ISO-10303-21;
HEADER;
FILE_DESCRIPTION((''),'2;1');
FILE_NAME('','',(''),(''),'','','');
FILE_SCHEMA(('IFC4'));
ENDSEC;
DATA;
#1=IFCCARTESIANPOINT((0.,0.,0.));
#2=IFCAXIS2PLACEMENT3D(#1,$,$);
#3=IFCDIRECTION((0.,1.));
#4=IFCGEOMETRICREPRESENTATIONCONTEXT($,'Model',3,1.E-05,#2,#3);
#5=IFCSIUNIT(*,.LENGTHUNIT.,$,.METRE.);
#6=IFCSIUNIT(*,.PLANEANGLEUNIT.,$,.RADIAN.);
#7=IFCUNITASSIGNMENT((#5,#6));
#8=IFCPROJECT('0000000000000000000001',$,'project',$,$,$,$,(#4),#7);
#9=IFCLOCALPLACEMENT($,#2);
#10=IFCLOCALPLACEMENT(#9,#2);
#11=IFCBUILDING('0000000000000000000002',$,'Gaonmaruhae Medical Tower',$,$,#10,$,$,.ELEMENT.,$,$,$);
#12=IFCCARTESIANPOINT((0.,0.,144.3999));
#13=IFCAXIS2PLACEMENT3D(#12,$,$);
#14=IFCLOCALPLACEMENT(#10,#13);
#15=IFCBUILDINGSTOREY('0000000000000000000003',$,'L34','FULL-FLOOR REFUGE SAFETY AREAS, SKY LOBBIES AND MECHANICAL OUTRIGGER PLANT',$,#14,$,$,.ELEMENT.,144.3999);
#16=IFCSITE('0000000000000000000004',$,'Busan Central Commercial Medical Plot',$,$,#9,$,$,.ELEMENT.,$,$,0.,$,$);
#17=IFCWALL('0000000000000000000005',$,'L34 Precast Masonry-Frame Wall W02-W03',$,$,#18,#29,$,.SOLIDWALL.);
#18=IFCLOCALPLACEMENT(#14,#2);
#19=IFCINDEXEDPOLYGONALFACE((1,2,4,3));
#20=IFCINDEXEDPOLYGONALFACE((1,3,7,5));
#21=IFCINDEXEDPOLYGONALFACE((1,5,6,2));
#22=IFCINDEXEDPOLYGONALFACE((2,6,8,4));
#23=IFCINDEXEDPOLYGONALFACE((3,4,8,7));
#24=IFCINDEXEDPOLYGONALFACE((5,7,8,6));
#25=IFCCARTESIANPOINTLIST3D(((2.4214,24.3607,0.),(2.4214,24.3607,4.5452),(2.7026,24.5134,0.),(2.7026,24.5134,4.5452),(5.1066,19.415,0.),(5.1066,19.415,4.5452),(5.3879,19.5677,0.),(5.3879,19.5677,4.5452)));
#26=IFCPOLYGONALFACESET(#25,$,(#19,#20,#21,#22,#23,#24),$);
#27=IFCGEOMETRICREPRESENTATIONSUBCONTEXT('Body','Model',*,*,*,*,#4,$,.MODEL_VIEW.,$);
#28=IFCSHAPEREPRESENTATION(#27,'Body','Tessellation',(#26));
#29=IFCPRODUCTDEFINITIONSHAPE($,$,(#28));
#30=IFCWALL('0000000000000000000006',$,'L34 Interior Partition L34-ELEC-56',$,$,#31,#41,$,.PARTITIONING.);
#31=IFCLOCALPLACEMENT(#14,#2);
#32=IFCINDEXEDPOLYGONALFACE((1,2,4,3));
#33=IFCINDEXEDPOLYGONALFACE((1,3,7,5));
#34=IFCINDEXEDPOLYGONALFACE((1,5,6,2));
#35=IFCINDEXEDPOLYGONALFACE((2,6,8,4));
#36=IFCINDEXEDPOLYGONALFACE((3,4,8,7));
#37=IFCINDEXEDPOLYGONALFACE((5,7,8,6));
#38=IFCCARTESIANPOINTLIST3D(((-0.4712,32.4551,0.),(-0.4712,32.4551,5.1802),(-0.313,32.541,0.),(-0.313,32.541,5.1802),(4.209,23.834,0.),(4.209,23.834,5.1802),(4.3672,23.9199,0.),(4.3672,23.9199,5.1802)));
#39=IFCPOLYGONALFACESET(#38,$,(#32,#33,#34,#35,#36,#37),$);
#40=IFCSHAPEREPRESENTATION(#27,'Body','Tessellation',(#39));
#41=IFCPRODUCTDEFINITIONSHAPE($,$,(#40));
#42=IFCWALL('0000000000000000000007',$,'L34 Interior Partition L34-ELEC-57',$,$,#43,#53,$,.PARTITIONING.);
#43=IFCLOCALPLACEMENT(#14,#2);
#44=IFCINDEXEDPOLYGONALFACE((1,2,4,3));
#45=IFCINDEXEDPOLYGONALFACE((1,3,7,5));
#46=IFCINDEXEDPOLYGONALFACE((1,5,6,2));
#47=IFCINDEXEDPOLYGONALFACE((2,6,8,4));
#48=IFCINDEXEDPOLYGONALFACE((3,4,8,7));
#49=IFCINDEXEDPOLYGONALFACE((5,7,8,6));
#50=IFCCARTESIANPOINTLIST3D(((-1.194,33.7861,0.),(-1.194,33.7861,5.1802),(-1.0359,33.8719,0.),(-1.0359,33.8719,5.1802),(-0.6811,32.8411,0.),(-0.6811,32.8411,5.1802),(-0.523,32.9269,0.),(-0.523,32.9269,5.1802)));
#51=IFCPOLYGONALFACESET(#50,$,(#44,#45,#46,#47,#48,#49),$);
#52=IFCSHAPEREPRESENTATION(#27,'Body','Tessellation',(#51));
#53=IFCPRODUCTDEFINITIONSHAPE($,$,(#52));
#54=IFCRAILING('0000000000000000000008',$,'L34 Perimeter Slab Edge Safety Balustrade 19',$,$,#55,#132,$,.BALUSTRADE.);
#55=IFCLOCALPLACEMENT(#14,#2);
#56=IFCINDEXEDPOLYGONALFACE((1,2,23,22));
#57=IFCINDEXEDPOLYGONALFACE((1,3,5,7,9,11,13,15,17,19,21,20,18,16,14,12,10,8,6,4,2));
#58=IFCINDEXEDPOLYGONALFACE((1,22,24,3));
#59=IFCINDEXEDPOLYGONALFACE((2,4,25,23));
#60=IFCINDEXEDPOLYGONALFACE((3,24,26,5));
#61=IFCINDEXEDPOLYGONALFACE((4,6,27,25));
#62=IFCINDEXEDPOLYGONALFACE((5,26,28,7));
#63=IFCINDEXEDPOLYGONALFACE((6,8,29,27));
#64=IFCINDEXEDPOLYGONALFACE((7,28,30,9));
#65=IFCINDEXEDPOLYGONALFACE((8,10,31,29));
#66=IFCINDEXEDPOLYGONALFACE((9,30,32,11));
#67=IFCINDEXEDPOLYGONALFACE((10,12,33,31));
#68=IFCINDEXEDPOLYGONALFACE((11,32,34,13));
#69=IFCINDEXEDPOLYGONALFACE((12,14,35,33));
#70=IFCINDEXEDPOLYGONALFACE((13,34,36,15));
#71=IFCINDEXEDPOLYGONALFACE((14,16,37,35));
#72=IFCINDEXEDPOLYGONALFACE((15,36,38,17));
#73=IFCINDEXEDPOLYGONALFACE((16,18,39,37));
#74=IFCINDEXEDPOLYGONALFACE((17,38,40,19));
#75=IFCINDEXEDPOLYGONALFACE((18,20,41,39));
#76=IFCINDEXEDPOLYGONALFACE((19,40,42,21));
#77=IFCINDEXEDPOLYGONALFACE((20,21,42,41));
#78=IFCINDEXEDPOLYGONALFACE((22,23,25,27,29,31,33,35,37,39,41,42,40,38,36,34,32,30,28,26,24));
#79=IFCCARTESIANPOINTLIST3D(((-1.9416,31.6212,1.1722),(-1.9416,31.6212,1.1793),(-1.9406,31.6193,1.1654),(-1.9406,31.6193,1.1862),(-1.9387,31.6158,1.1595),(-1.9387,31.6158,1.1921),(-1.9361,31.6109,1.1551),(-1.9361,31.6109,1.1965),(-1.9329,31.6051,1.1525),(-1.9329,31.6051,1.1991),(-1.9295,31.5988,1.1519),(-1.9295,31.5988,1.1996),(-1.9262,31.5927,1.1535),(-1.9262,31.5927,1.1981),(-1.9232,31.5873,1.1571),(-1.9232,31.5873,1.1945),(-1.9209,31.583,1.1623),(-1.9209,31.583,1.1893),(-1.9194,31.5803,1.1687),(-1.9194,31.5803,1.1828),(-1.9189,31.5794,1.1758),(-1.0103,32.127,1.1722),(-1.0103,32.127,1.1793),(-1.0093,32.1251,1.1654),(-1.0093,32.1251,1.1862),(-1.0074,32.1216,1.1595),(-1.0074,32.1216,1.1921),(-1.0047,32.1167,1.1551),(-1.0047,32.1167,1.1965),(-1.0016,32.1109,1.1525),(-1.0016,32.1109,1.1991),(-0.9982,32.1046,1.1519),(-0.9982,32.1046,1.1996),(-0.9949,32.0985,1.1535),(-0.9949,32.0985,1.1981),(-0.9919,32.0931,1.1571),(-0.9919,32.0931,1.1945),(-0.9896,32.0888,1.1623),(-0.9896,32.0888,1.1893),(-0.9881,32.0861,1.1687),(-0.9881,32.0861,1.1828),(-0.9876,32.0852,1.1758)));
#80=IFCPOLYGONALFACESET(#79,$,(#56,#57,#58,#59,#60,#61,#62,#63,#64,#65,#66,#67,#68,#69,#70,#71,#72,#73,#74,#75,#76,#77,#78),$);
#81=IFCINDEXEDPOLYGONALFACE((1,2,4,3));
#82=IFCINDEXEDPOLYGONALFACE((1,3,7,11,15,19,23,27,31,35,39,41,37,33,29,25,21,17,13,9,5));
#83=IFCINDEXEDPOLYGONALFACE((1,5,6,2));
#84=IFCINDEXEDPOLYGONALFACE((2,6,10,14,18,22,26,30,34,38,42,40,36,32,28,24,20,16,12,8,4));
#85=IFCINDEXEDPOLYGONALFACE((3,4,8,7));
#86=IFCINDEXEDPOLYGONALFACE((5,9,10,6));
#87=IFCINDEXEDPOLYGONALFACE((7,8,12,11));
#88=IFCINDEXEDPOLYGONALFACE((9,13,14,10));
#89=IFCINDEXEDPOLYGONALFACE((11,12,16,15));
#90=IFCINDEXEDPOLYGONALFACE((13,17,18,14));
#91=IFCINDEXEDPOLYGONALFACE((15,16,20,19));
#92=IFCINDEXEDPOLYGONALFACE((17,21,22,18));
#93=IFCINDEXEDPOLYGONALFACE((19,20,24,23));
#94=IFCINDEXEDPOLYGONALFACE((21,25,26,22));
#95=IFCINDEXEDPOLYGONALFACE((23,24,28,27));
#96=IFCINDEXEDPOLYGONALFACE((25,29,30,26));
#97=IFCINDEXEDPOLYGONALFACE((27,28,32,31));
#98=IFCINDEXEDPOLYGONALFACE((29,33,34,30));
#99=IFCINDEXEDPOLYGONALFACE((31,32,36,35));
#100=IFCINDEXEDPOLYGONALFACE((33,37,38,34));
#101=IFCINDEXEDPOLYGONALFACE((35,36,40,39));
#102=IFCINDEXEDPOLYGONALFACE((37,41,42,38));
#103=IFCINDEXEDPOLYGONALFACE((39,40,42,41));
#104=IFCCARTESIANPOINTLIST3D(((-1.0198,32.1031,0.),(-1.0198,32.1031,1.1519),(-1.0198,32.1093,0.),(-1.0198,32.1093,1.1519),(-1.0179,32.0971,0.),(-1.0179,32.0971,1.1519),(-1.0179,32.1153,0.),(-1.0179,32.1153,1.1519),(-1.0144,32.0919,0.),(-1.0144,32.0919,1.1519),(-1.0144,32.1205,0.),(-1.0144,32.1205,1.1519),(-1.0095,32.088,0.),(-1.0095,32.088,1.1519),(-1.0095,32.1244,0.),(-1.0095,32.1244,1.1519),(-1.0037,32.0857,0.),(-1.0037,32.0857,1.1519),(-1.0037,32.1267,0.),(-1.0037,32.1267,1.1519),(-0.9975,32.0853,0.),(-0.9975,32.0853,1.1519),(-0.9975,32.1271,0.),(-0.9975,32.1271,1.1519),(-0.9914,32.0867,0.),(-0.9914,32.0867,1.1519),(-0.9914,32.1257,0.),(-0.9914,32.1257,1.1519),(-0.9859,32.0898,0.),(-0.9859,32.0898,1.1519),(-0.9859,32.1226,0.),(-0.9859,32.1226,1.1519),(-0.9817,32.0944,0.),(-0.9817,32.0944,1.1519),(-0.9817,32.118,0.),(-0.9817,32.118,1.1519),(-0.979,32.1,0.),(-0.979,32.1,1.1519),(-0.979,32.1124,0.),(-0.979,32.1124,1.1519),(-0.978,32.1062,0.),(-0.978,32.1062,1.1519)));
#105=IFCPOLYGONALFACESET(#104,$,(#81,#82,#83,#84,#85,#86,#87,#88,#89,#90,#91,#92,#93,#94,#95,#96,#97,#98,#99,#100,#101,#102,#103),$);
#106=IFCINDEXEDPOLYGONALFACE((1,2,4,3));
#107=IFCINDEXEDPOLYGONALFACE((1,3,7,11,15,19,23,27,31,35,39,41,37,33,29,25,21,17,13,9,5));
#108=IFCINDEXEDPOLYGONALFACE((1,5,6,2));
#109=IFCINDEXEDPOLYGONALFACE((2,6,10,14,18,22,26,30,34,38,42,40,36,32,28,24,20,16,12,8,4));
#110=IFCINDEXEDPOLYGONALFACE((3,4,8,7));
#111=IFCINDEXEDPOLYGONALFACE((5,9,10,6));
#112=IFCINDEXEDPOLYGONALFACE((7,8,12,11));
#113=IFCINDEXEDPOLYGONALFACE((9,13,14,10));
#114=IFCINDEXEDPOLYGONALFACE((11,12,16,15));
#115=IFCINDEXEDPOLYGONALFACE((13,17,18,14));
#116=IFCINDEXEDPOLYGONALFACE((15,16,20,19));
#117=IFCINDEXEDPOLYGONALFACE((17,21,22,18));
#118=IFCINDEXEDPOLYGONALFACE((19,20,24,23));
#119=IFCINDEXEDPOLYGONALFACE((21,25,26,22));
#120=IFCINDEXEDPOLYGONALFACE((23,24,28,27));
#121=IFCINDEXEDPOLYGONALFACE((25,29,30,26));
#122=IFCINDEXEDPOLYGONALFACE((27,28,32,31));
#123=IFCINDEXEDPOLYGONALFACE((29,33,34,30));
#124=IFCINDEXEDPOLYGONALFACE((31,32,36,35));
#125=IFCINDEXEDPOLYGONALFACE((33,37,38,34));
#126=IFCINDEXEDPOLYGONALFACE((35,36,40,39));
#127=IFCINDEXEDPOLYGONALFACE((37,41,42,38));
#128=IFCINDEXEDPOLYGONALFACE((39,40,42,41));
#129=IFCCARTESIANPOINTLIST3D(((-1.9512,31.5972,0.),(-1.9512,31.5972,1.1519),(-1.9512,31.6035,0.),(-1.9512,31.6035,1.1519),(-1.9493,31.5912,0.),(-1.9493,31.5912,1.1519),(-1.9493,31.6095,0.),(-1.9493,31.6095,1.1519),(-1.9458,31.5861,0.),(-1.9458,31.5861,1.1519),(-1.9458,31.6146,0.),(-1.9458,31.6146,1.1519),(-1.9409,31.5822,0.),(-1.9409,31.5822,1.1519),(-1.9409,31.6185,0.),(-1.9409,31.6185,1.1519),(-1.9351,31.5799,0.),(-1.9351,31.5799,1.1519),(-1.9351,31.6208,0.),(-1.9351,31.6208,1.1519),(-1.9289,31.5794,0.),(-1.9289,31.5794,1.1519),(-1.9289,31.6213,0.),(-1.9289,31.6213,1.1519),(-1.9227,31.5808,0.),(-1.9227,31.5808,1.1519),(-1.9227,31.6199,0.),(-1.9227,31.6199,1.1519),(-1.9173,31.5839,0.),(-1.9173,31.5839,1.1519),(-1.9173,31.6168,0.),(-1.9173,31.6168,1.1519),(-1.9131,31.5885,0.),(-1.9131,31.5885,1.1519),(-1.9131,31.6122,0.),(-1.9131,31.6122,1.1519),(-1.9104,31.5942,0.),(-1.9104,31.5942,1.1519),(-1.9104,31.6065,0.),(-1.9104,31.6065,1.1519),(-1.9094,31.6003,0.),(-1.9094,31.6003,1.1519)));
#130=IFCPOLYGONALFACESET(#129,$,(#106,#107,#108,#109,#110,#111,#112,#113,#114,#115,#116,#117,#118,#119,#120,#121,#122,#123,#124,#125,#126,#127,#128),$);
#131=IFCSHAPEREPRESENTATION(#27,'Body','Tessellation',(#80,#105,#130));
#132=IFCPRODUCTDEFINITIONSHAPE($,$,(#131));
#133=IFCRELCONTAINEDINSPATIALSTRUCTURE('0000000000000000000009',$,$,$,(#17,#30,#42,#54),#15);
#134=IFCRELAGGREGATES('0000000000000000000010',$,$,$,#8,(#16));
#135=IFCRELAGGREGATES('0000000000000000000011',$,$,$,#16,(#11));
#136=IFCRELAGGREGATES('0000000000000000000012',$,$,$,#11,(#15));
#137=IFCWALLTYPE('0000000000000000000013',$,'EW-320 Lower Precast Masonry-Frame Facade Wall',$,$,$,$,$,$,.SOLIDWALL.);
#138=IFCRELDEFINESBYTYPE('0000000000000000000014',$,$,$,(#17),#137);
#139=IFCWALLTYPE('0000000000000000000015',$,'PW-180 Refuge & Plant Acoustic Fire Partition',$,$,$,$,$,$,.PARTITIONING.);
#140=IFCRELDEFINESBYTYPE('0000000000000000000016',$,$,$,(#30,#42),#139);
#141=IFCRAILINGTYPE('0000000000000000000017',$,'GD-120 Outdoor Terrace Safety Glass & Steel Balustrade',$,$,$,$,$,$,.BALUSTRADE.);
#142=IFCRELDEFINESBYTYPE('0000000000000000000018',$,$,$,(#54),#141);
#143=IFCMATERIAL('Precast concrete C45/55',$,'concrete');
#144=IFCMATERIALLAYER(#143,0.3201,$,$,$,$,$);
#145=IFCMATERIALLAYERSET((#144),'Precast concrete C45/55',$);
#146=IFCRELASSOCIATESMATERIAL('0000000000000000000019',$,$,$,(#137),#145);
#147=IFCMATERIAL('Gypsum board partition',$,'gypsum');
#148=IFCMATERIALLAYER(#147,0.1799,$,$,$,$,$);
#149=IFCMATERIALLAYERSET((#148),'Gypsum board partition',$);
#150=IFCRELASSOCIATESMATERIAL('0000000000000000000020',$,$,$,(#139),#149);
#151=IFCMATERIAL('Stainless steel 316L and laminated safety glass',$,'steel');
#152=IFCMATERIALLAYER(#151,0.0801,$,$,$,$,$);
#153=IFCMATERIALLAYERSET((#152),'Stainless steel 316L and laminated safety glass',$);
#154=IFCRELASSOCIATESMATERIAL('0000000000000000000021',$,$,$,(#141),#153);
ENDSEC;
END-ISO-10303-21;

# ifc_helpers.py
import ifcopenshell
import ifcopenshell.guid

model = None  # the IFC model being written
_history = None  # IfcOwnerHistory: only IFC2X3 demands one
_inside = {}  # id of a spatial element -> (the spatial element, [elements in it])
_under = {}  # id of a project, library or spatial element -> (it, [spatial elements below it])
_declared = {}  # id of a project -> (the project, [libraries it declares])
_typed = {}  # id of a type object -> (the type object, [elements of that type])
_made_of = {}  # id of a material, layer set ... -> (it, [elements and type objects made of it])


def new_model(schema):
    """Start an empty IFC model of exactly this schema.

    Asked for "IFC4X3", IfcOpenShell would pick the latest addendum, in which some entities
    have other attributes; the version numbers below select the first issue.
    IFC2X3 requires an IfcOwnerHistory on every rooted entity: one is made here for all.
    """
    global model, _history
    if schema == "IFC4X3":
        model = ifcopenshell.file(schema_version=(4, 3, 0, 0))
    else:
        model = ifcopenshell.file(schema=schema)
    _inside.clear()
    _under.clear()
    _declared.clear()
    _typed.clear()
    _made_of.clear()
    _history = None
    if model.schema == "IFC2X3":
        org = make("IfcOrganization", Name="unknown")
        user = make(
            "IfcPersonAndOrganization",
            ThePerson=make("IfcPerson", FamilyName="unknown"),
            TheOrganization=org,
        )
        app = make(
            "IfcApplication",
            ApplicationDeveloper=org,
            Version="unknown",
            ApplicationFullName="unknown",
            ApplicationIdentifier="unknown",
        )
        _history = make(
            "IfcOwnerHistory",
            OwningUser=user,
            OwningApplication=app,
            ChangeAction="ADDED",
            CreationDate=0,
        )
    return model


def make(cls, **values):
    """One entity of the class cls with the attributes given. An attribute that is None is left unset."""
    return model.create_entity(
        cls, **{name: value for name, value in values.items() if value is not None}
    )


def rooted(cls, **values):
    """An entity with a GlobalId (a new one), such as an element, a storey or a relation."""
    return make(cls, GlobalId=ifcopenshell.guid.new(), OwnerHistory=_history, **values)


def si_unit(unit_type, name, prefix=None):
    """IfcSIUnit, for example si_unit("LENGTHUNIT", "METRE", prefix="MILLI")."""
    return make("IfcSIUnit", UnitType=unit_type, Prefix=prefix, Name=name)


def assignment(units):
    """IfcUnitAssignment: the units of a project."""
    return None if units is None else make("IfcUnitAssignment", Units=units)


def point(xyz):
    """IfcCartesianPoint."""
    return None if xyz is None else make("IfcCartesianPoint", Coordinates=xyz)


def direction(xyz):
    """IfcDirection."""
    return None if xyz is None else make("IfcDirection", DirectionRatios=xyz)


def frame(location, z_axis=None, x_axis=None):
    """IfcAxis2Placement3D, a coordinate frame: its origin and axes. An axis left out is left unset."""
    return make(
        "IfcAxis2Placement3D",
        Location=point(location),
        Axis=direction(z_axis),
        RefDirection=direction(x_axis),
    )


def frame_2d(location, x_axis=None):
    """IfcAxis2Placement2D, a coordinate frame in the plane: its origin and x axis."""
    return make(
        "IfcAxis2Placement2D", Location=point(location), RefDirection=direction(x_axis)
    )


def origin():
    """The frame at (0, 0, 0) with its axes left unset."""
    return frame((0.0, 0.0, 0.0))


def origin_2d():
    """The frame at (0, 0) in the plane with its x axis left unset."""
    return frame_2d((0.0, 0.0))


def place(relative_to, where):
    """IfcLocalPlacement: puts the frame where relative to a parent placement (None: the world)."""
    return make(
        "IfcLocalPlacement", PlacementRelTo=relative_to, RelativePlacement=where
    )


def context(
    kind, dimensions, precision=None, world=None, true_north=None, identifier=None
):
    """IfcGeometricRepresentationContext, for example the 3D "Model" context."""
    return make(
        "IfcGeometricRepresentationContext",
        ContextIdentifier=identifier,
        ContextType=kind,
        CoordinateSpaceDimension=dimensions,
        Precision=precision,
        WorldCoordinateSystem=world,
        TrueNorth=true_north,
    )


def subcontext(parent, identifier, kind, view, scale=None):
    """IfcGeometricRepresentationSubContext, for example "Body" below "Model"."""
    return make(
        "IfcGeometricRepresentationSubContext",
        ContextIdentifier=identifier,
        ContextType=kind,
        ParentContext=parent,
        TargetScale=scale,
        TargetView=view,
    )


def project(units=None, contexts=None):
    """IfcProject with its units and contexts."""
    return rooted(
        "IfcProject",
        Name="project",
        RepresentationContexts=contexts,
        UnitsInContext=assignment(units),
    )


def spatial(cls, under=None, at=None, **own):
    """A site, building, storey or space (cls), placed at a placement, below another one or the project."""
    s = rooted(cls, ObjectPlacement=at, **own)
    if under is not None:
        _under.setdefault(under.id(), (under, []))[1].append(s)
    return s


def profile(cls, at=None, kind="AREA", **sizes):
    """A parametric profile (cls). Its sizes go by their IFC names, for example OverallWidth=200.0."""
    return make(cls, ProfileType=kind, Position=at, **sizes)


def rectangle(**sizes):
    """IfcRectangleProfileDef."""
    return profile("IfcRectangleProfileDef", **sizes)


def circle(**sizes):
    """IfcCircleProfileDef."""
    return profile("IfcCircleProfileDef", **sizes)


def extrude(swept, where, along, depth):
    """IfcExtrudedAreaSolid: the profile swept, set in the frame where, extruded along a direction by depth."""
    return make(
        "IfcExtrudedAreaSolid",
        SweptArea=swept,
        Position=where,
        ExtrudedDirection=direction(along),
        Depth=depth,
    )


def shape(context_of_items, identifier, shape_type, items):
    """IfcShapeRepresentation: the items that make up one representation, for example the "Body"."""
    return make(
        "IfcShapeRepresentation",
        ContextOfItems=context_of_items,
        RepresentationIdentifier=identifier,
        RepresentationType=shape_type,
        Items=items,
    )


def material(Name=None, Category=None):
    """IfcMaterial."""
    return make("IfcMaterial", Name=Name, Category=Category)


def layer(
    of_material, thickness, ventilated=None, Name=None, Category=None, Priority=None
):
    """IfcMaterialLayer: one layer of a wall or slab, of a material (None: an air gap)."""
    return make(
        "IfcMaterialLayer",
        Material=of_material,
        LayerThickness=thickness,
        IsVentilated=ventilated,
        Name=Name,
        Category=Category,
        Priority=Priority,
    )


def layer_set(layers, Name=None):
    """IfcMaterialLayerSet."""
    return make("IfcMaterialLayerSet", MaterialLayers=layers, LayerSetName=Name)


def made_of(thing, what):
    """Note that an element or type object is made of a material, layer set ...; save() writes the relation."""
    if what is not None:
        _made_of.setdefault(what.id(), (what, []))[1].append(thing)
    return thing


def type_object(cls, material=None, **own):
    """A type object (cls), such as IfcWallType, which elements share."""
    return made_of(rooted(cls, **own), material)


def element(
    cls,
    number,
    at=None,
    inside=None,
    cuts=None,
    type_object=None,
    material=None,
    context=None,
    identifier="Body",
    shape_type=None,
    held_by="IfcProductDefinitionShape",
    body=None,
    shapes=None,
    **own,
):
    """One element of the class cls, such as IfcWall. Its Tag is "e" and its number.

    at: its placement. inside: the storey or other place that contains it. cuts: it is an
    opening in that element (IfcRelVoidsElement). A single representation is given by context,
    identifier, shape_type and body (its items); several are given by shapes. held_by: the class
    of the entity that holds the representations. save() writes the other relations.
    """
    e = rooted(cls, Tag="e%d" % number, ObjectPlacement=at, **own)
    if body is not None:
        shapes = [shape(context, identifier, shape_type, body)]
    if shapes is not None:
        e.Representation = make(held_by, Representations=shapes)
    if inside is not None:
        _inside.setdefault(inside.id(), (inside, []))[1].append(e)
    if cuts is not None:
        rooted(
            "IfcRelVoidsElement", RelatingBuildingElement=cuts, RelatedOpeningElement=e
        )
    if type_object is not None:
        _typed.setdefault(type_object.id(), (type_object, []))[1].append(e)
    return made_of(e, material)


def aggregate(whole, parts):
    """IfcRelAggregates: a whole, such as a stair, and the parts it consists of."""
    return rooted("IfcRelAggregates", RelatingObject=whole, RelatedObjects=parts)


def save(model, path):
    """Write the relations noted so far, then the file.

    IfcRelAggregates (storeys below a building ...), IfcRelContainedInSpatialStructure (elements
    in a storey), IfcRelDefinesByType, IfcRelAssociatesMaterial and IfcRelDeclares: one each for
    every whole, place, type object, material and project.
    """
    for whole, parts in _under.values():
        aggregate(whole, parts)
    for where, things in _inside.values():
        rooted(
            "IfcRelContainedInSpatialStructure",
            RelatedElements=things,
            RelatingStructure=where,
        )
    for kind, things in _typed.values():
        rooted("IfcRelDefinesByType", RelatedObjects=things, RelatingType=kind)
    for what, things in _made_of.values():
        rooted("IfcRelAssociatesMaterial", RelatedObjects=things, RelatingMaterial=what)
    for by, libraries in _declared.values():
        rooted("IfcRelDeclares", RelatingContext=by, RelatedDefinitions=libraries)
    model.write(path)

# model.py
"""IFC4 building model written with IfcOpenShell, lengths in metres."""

from ifc_helpers import new_model, si_unit, direction, frame, frame_2d, origin, origin_2d, place, context, subcontext, project, spatial, rectangle, circle, extrude, material, layer, layer_set, type_object, element, save


model = new_model("IFC4")

# Units and contexts
model_context = context("Model", 3, precision=1e-05, world=origin(), true_north=direction((0.0, 1.0)))
body_context = subcontext(model_context, "Body", "Model", "MODEL_VIEW")
ifc_project = project(units=[si_unit("LENGTHUNIT", "METRE"), si_unit("PLANEANGLEUNIT", "RADIAN")], contexts=[model_context])

# Site, building, storey
site_placement = place(None, origin())
site = spatial("IfcSite", under=ifc_project, at=site_placement, Name="Busan Central Commercial Medical Plot", CompositionType="ELEMENT", RefElevation=0.0)
building_placement = place(site_placement, origin())
building = spatial("IfcBuilding", under=site, at=building_placement, Name="Gaonmaruhae Medical Tower", CompositionType="ELEMENT")
storey_placement = place(building_placement, frame((0.0, 0.0, 144.3999)))
storey = spatial("IfcBuildingStorey", under=building, at=storey_placement, Name="L34", Description="FULL-FLOOR REFUGE SAFETY AREAS, SKY LOBBIES AND MECHANICAL OUTRIGGER PLANT", CompositionType="ELEMENT", Elevation=144.3999)

# Walls
ifc_material_1 = material(Name="Precast concrete C45/55", Category="concrete")
ifc_layer_1 = layer(ifc_material_1, 0.3201)
ifc_layer_set_1 = layer_set([ifc_layer_1], Name="Precast concrete C45/55")
wall_type_1 = type_object("IfcWallType", Name="EW-320 Lower Precast Masonry-Frame Facade Wall", PredefinedType="SOLIDWALL", material=ifc_layer_set_1)
wall_1_placement = place(storey_placement, frame((5.2473, 19.4912, 0.0), z_axis=(0.0, 0.0, 1.0), x_axis=(-0.477152, 0.878821, 0.0)))
element("IfcWall", 1, at=wall_1_placement, inside=storey, type_object=wall_type_1, Name="L34 Precast Masonry-Frame Wall W02-W03", PredefinedType="SOLIDWALL", context=body_context, shape_type="SweptSolid", body=[
    extrude(rectangle(XDim=5.6277, YDim=0.3201, at=frame_2d((2.814, 0.0))), origin(), (0.0, 0.0, 1.0), 4.5452),
])
ifc_material_2 = material(Name="Gypsum board partition", Category="gypsum")
ifc_layer_2 = layer(ifc_material_2, 0.1799)
ifc_layer_set_2 = layer_set([ifc_layer_2], Name="Gypsum board partition")
wall_type_2 = type_object("IfcWallType", Name="PW-180 Refuge & Plant Acoustic Fire Partition", PredefinedType="PARTITIONING", material=ifc_layer_set_2)
wall_2_placement = place(storey_placement, frame((4.2881, 23.877, 0.0), z_axis=(0.0, 0.0, 1.0), x_axis=(-0.477104, 0.878847, 0.0)))
element("IfcWall", 2, at=wall_2_placement, inside=storey, type_object=wall_type_2, Name="L34 Interior Partition L34-ELEC-56", PredefinedType="PARTITIONING", context=body_context, shape_type="SweptSolid", body=[
    extrude(rectangle(XDim=9.8096, YDim=0.1799, at=frame_2d((4.9048, 0.0))), origin(), (0.0, 0.0, 1.0), 5.1802),
])
wall_3_placement = place(storey_placement, frame((-0.6021, 32.884, 0.0), z_axis=(0.0, 0.0, 1.0), x_axis=(-0.477022, 0.878892, 0.0)))
element("IfcWall", 3, at=wall_3_placement, inside=storey, type_object=wall_type_2, Name="L34 Interior Partition L34-ELEC-57", PredefinedType="PARTITIONING", context=body_context, shape_type="SweptSolid", body=[
    extrude(rectangle(XDim=1.0752, YDim=0.1799, at=frame_2d((0.5376, 0.0))), origin(), (0.0, 0.0, 1.0), 5.1802),
])

# Railing
ifc_material_3 = material(Name="Stainless steel 316L and laminated safety glass", Category="steel")
ifc_layer_3 = layer(ifc_material_3, 0.0801)
ifc_layer_set_3 = layer_set([ifc_layer_3], Name="Stainless steel 316L and laminated safety glass")
railing_type = type_object("IfcRailingType", Name="GD-120 Outdoor Terrace Safety Glass & Steel Balustrade", PredefinedType="BALUSTRADE", material=ifc_layer_set_3)
railing_1_placement = place(storey_placement, frame((-0.999, 32.1062, 0.0)))
element("IfcRailing", 4, at=railing_1_placement, inside=storey, type_object=railing_type, Name="L34 Perimeter Slab Edge Safety Balustrade 19", PredefinedType="BALUSTRADE", context=body_context, shape_type="SweptSolid", body=[
    extrude(circle(Radius=0.0239, at=origin_2d()), frame((0.0, 0.0, 1.1758), z_axis=(-0.878757, -0.47727, 0.0), x_axis=(0.47727, -0.878757, 0.0)), (0.0, 0.0, 1.0), 1.0598),
    extrude(circle(Radius=0.021, at=origin_2d()), origin(), (0.0, 0.0, 1.0), 1.1519),
    extrude(circle(Radius=0.021, at=origin_2d()), frame((-0.9314, -0.5059, 0.0)), (0.0, 0.0, 1.0), 1.1519),
])

save(model, "model.ifc")
